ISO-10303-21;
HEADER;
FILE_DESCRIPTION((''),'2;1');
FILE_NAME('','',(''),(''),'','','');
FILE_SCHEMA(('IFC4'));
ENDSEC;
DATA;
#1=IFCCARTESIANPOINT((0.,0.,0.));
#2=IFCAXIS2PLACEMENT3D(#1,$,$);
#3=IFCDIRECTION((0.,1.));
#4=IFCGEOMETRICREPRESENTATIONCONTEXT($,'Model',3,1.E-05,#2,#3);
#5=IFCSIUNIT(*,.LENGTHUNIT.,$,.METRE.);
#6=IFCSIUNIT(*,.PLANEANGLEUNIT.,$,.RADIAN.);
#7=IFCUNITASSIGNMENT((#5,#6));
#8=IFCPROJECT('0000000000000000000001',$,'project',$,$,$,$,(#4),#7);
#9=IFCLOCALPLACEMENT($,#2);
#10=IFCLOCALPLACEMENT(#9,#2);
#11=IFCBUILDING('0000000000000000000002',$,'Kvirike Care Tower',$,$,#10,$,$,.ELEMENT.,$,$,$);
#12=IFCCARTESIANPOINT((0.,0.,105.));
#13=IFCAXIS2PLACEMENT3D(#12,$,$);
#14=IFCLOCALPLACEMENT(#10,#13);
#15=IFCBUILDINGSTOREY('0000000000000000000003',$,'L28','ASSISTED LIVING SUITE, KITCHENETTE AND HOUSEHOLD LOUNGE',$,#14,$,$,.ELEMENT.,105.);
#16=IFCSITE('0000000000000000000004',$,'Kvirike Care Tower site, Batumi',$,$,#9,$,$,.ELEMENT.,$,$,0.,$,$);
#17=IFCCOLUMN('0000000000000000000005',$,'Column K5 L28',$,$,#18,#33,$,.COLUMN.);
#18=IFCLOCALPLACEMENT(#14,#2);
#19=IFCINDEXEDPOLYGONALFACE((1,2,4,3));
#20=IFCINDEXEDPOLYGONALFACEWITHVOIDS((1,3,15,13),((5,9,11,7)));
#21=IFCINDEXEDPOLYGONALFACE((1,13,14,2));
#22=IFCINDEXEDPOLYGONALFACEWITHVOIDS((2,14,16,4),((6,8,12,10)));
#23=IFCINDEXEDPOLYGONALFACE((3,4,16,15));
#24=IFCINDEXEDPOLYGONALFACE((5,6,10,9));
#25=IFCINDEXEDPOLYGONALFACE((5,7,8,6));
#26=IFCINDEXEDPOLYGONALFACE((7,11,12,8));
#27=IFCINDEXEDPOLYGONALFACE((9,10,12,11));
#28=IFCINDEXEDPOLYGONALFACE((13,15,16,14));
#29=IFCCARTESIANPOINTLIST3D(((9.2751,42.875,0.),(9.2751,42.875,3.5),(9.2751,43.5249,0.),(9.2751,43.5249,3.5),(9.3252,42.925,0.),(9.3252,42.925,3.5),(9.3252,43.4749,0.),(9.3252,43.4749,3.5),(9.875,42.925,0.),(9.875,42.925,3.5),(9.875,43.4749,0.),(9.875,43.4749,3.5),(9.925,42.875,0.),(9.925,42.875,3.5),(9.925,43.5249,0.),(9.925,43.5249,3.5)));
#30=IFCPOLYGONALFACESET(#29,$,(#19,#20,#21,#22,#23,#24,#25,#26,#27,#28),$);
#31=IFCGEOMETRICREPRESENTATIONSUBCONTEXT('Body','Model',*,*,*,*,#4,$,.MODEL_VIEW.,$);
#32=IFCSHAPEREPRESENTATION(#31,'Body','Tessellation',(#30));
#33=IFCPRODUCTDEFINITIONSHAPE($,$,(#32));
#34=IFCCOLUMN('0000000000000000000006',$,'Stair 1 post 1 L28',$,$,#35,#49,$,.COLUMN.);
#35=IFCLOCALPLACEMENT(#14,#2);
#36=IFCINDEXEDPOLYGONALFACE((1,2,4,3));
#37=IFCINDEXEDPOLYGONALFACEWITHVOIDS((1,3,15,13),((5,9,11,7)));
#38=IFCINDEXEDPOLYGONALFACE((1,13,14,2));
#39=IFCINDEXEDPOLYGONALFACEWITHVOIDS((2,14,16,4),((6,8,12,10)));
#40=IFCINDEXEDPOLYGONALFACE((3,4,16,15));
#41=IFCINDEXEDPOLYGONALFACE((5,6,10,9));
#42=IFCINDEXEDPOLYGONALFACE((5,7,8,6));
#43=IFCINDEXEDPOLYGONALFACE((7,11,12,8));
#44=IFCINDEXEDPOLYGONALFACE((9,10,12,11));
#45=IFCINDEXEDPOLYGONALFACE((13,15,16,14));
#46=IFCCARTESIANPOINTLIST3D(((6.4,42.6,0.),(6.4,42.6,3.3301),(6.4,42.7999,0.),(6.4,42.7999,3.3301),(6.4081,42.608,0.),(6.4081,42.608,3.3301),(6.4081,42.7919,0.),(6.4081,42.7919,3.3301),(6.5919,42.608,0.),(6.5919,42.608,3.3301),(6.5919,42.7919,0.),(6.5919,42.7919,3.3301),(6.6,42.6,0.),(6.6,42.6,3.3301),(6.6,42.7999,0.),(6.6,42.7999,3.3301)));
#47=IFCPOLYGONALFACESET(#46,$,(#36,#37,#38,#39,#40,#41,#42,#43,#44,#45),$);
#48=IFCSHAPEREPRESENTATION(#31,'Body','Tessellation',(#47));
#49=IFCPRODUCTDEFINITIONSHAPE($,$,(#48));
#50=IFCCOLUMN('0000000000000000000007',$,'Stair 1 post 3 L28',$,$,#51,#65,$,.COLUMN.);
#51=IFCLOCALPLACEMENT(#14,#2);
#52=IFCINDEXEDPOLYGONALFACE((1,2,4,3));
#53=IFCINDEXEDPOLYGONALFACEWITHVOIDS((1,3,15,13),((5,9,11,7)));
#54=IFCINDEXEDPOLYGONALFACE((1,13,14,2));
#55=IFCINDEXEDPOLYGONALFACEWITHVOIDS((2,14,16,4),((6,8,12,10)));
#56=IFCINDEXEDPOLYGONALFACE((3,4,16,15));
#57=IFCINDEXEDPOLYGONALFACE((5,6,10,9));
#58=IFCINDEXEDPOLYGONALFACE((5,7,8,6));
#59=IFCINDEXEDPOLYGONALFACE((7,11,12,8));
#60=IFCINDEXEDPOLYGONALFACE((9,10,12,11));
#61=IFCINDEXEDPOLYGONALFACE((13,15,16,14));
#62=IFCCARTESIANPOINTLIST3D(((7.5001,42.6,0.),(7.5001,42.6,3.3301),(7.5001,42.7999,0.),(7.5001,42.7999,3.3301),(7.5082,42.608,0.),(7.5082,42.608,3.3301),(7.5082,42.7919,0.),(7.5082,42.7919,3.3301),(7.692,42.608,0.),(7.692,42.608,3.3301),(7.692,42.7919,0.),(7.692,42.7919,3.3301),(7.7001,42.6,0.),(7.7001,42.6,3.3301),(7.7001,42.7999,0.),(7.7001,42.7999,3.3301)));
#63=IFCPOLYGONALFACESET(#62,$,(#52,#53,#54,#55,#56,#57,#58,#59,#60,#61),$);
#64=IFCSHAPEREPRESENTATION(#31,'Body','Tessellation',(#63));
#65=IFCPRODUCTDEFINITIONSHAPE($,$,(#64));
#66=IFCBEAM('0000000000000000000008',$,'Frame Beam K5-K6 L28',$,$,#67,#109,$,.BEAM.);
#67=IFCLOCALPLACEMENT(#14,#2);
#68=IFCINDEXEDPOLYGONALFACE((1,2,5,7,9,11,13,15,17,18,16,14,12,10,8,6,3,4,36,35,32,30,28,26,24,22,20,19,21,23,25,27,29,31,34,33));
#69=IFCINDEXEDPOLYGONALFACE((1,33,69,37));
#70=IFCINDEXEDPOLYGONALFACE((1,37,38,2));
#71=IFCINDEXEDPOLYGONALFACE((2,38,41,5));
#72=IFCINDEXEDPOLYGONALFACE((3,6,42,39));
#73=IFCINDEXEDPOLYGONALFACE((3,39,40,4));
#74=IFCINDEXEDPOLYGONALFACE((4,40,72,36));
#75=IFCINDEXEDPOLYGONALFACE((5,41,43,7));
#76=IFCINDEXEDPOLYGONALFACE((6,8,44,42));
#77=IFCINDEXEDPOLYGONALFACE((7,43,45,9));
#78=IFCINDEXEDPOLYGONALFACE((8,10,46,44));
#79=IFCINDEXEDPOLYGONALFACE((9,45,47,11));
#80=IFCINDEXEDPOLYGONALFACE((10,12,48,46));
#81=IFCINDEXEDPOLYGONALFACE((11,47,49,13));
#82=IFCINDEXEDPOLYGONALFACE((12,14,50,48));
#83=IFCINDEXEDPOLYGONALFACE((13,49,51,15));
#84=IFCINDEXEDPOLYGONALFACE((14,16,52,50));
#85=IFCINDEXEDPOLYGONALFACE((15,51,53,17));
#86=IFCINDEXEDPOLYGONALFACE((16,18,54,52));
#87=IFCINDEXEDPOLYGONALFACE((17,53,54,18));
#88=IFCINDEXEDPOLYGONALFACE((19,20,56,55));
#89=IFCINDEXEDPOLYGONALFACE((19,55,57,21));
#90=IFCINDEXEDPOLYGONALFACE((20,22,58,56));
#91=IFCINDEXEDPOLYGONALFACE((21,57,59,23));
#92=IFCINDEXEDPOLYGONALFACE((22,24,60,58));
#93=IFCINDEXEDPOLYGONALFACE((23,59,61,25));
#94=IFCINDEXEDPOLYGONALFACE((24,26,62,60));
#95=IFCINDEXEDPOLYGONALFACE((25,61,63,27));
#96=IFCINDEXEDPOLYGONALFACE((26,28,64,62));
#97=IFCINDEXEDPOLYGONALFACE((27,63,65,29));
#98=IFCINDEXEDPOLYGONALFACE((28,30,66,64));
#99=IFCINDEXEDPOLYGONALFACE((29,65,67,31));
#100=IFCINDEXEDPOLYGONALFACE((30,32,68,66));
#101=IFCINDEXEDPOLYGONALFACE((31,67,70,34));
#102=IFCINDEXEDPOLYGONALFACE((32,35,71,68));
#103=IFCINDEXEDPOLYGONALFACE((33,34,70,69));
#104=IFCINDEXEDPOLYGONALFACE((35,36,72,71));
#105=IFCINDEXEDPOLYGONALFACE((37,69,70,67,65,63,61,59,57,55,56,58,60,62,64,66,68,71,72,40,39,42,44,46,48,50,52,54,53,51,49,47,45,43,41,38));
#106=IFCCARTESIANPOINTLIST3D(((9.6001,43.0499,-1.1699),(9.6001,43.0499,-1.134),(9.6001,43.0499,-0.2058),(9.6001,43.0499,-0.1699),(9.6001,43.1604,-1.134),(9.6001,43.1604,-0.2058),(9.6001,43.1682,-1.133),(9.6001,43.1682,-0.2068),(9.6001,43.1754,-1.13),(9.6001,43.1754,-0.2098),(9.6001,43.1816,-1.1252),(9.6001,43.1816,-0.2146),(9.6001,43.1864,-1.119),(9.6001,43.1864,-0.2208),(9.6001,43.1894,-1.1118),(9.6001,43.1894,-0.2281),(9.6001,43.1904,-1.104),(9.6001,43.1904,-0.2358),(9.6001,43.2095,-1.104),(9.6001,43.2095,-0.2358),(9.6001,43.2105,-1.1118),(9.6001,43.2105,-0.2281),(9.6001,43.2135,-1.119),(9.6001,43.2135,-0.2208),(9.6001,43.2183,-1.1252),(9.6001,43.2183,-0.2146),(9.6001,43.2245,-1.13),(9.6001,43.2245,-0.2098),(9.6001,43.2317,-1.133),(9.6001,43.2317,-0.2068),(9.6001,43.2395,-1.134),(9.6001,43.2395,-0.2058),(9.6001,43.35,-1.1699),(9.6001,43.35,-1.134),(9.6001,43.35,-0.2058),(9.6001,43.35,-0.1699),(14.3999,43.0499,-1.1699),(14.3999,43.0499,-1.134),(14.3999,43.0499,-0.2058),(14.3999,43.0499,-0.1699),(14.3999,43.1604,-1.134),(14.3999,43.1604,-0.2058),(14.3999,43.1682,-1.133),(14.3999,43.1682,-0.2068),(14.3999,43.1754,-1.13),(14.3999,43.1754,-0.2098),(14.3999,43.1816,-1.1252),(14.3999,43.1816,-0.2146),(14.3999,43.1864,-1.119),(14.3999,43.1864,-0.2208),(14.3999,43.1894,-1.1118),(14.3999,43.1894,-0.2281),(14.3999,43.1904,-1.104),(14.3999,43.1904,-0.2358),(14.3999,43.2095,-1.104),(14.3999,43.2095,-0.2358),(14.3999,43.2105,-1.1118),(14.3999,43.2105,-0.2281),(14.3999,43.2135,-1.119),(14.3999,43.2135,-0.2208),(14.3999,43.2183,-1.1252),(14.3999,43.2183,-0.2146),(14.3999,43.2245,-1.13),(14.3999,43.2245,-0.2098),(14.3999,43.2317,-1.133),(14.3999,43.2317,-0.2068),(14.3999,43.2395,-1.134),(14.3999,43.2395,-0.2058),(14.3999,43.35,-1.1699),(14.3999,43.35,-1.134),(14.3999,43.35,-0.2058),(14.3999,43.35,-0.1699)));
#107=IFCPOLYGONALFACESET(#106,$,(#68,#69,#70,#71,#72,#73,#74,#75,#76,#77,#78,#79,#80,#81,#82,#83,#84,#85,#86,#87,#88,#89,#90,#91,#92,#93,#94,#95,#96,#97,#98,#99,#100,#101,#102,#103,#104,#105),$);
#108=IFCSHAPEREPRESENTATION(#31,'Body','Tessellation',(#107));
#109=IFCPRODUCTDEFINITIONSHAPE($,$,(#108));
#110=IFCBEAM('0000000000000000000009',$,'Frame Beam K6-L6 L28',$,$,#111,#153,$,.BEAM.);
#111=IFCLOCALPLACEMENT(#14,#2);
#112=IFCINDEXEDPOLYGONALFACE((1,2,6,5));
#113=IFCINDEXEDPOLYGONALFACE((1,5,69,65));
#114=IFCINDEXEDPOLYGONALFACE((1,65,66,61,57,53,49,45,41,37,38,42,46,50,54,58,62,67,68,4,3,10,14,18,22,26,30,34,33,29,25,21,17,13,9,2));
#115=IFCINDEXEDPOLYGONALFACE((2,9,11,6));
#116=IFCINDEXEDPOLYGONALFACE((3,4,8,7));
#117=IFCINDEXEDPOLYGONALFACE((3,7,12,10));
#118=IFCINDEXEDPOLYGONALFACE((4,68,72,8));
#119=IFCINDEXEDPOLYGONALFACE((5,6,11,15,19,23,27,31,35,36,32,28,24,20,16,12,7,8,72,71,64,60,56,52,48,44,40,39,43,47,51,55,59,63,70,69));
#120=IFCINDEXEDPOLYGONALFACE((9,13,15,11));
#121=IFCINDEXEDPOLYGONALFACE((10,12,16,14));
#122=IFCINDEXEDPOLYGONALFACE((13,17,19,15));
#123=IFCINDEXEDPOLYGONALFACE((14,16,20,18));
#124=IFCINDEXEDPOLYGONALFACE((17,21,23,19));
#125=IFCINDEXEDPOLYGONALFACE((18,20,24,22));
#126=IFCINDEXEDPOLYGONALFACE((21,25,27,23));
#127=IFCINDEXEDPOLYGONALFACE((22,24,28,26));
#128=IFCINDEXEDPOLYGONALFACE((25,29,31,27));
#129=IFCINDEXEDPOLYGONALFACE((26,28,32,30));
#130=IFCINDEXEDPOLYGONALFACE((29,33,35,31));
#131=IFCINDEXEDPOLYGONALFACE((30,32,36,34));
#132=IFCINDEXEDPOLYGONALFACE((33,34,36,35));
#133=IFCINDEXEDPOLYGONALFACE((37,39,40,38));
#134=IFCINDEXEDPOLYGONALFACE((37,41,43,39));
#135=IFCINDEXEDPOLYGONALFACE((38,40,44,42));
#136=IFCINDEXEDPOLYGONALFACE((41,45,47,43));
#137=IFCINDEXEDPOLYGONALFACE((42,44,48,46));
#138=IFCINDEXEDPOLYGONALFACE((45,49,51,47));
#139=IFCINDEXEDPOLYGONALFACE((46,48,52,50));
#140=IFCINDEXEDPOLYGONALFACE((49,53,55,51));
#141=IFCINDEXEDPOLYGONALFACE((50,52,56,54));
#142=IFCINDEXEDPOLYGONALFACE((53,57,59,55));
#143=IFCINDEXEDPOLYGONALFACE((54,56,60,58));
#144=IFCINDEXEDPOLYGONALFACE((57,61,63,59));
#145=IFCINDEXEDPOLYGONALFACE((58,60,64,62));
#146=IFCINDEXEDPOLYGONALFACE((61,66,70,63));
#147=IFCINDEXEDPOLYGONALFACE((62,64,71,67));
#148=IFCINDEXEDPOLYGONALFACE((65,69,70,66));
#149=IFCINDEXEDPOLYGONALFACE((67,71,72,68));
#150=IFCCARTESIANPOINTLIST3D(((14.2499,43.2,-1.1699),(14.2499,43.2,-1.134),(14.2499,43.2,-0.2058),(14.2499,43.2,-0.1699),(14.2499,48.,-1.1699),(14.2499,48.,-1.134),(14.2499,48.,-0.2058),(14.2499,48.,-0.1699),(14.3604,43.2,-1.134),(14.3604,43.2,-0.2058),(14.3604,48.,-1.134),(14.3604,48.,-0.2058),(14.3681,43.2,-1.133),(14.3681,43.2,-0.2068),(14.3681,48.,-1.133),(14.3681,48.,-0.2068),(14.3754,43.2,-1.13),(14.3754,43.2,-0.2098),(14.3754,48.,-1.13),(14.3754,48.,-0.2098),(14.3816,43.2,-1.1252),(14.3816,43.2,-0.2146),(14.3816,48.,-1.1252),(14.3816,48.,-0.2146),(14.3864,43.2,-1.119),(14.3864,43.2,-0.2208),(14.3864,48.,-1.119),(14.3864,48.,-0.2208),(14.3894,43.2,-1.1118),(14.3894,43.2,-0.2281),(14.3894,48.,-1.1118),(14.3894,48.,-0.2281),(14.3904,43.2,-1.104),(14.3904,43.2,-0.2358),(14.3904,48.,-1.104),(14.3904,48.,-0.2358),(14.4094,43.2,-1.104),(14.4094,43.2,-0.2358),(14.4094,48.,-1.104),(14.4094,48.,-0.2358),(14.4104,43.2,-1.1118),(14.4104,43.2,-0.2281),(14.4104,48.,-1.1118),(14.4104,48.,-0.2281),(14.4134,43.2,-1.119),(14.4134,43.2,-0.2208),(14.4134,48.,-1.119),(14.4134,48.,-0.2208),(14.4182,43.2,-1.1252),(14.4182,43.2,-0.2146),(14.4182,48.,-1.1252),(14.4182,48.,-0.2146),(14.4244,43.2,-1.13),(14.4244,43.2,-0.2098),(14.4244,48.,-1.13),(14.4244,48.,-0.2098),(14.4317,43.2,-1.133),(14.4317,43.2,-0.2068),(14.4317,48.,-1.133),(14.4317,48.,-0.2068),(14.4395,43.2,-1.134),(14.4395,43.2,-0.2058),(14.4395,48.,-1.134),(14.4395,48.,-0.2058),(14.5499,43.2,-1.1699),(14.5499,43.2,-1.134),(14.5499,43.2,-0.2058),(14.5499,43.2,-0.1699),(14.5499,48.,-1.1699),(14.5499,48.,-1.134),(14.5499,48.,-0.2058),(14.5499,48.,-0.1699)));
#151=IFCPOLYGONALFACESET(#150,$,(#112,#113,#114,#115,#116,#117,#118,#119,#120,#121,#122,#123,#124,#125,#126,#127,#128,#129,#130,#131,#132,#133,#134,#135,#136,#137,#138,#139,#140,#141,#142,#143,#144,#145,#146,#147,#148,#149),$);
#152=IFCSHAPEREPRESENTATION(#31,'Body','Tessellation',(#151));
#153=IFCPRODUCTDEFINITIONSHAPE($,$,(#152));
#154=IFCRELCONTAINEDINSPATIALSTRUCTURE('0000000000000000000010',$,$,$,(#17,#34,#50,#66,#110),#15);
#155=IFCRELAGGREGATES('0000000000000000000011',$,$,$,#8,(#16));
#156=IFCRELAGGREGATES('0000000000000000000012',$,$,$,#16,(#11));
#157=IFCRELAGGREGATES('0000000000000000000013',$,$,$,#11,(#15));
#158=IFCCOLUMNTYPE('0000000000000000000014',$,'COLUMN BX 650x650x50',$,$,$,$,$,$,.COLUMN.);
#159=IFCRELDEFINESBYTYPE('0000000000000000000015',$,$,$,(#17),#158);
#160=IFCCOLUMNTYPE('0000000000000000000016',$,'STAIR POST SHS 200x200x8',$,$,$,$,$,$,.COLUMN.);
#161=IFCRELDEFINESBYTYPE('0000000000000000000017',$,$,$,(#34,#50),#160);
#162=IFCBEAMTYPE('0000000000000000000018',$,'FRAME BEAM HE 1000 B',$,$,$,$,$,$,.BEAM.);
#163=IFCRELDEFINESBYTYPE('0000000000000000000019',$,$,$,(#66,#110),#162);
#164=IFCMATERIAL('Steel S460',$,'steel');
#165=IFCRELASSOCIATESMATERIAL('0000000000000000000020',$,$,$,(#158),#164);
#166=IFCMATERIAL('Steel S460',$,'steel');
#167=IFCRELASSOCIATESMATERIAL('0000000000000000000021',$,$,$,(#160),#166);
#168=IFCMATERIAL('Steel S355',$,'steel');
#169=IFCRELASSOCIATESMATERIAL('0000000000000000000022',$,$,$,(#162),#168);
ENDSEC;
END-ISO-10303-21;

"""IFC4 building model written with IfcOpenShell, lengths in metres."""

from ifc_helpers import new_model, si_unit, direction, frame, origin, origin_2d, place, context, subcontext, project, spatial, hollow_rectangle, i_section, extrude, material, material_profile, profile_set, type_object, element, save


model = new_model("IFC4")

# Units and contexts
model_context = context("Model", 3, precision=1e-05, world=origin(), true_north=direction((0.0, 1.0)))
body_context = subcontext(model_context, "Body", "Model", "MODEL_VIEW")
ifc_project = project(units=[si_unit("LENGTHUNIT", "METRE"), si_unit("PLANEANGLEUNIT", "RADIAN")], contexts=[model_context])

# Site, building, storey
site_placement = place(None, origin())
site = spatial("IfcSite", under=ifc_project, at=site_placement, Name="Kvirike Care Tower site, Batumi", CompositionType="ELEMENT", RefElevation=0.0)
building_placement = place(site_placement, origin())
building = spatial("IfcBuilding", under=site, at=building_placement, Name="Kvirike Care Tower", CompositionType="ELEMENT")
storey_placement = place(building_placement, frame((0.0, 0.0, 105.0)))
storey = spatial("IfcBuildingStorey", under=building, at=storey_placement, Name="L28", Description="ASSISTED LIVING SUITE, KITCHENETTE AND HOUSEHOLD LOUNGE", CompositionType="ELEMENT", Elevation=105.0)

# Columns
ifc_material_1 = material(Name="Steel S460", Category="steel")
ifc_material_profile_1 = material_profile(ifc_material_1, hollow_rectangle(XDim=0.6499, YDim=0.6499, WallThickness=0.05, at=origin_2d()), Name="BX 650x650x50")
ifc_profile_set_1 = profile_set([ifc_material_profile_1], Name="Steel S460")
column_type_1 = type_object("IfcColumnType", Name="COLUMN BX 650x650x50", PredefinedType="COLUMN", material=ifc_profile_set_1)
column_placement = place(storey_placement, frame((9.6001, 43.2, 0.0), z_axis=(0.0, 0.0, 1.0), x_axis=(0.0, 1.0, 0.0)))
element("IfcColumn", 1, at=column_placement, inside=storey, type_object=column_type_1, Name="Column K5 L28", PredefinedType="COLUMN", context=body_context, shape_type="SweptSolid", body=[
    extrude(hollow_rectangle(XDim=0.6499, YDim=0.6499, WallThickness=0.05, at=origin_2d()), origin(), (0.0, 0.0, 1.0), 3.5),
])
ifc_material_2 = material(Name="Steel S460", Category="steel")
ifc_material_profile_2 = material_profile(ifc_material_2, hollow_rectangle(XDim=0.2, YDim=0.2, WallThickness=0.0081, at=origin_2d()), Name="SHS 200x200x8")
ifc_profile_set_2 = profile_set([ifc_material_profile_2], Name="Steel S460")
column_type_2 = type_object("IfcColumnType", Name="STAIR POST SHS 200x200x8", PredefinedType="COLUMN", material=ifc_profile_set_2)
for number, where, z_axis, x_axis, name in (
    (2, (6.5, 42.7, 0.0), (0.0, 0.0, 1.0), (1.0, 0.0, 0.0), "Stair 1 post 1 L28"),
    (3, (7.6001, 42.7, 0.0), (0.0, 0.0, 1.0), (1.0, 0.0, 0.0), "Stair 1 post 3 L28"),
):
    element("IfcColumn", number, at=place(storey_placement, frame(where, z_axis=z_axis, x_axis=x_axis)), inside=storey, type_object=column_type_2, Name=name, PredefinedType="COLUMN", context=body_context, shape_type="SweptSolid", body=[
        extrude(hollow_rectangle(XDim=0.2, YDim=0.2, WallThickness=0.0081, at=origin_2d()), origin(), (0.0, 0.0, 1.0), 3.3301),
    ])

# Beams
ifc_material_3 = material(Name="Steel S355", Category="steel")
ifc_material_profile_3 = material_profile(ifc_material_3, i_section(OverallWidth=0.3, OverallDepth=1.0, WebThickness=0.019, FlangeThickness=0.0359, FilletRadius=0.03, at=origin_2d()), Name="HE 1000 B")
ifc_profile_set_3 = profile_set([ifc_material_profile_3], Name="Steel S355")
beam_type_1 = type_object("IfcBeamType", Name="FRAME BEAM HE 1000 B", PredefinedType="BEAM", material=ifc_profile_set_3)
beam_1_placement = place(storey_placement, frame((9.6001, 43.2, -0.6699), z_axis=(1.0, 0.0, 0.0), x_axis=(0.0, 1.0, 0.0)))
element("IfcBeam", 4, at=beam_1_placement, inside=storey, type_object=beam_type_1, Name="Frame Beam K5-K6 L28", PredefinedType="BEAM", context=body_context, shape_type="SweptSolid", body=[
    extrude(i_section(OverallWidth=0.3, OverallDepth=1.0, WebThickness=0.019, FlangeThickness=0.0359, FilletRadius=0.03, at=origin_2d()), origin(), (0.0, 0.0, 1.0), 4.7998),
])
beam_2_placement = place(storey_placement, frame((14.3999, 43.2, -0.6699), z_axis=(0.0, 1.0, 0.0), x_axis=(-1.0, 0.0, 0.0)))
element("IfcBeam", 5, at=beam_2_placement, inside=storey, type_object=beam_type_1, Name="Frame Beam K6-L6 L28", PredefinedType="BEAM", context=body_context, shape_type="SweptSolid", body=[
    extrude(i_section(OverallWidth=0.3, OverallDepth=1.0, WebThickness=0.019, FlangeThickness=0.0359, FilletRadius=0.03, at=origin_2d()), origin(), (0.0, 0.0, 1.0), 4.8),
])

save(model, "model.ifc")
